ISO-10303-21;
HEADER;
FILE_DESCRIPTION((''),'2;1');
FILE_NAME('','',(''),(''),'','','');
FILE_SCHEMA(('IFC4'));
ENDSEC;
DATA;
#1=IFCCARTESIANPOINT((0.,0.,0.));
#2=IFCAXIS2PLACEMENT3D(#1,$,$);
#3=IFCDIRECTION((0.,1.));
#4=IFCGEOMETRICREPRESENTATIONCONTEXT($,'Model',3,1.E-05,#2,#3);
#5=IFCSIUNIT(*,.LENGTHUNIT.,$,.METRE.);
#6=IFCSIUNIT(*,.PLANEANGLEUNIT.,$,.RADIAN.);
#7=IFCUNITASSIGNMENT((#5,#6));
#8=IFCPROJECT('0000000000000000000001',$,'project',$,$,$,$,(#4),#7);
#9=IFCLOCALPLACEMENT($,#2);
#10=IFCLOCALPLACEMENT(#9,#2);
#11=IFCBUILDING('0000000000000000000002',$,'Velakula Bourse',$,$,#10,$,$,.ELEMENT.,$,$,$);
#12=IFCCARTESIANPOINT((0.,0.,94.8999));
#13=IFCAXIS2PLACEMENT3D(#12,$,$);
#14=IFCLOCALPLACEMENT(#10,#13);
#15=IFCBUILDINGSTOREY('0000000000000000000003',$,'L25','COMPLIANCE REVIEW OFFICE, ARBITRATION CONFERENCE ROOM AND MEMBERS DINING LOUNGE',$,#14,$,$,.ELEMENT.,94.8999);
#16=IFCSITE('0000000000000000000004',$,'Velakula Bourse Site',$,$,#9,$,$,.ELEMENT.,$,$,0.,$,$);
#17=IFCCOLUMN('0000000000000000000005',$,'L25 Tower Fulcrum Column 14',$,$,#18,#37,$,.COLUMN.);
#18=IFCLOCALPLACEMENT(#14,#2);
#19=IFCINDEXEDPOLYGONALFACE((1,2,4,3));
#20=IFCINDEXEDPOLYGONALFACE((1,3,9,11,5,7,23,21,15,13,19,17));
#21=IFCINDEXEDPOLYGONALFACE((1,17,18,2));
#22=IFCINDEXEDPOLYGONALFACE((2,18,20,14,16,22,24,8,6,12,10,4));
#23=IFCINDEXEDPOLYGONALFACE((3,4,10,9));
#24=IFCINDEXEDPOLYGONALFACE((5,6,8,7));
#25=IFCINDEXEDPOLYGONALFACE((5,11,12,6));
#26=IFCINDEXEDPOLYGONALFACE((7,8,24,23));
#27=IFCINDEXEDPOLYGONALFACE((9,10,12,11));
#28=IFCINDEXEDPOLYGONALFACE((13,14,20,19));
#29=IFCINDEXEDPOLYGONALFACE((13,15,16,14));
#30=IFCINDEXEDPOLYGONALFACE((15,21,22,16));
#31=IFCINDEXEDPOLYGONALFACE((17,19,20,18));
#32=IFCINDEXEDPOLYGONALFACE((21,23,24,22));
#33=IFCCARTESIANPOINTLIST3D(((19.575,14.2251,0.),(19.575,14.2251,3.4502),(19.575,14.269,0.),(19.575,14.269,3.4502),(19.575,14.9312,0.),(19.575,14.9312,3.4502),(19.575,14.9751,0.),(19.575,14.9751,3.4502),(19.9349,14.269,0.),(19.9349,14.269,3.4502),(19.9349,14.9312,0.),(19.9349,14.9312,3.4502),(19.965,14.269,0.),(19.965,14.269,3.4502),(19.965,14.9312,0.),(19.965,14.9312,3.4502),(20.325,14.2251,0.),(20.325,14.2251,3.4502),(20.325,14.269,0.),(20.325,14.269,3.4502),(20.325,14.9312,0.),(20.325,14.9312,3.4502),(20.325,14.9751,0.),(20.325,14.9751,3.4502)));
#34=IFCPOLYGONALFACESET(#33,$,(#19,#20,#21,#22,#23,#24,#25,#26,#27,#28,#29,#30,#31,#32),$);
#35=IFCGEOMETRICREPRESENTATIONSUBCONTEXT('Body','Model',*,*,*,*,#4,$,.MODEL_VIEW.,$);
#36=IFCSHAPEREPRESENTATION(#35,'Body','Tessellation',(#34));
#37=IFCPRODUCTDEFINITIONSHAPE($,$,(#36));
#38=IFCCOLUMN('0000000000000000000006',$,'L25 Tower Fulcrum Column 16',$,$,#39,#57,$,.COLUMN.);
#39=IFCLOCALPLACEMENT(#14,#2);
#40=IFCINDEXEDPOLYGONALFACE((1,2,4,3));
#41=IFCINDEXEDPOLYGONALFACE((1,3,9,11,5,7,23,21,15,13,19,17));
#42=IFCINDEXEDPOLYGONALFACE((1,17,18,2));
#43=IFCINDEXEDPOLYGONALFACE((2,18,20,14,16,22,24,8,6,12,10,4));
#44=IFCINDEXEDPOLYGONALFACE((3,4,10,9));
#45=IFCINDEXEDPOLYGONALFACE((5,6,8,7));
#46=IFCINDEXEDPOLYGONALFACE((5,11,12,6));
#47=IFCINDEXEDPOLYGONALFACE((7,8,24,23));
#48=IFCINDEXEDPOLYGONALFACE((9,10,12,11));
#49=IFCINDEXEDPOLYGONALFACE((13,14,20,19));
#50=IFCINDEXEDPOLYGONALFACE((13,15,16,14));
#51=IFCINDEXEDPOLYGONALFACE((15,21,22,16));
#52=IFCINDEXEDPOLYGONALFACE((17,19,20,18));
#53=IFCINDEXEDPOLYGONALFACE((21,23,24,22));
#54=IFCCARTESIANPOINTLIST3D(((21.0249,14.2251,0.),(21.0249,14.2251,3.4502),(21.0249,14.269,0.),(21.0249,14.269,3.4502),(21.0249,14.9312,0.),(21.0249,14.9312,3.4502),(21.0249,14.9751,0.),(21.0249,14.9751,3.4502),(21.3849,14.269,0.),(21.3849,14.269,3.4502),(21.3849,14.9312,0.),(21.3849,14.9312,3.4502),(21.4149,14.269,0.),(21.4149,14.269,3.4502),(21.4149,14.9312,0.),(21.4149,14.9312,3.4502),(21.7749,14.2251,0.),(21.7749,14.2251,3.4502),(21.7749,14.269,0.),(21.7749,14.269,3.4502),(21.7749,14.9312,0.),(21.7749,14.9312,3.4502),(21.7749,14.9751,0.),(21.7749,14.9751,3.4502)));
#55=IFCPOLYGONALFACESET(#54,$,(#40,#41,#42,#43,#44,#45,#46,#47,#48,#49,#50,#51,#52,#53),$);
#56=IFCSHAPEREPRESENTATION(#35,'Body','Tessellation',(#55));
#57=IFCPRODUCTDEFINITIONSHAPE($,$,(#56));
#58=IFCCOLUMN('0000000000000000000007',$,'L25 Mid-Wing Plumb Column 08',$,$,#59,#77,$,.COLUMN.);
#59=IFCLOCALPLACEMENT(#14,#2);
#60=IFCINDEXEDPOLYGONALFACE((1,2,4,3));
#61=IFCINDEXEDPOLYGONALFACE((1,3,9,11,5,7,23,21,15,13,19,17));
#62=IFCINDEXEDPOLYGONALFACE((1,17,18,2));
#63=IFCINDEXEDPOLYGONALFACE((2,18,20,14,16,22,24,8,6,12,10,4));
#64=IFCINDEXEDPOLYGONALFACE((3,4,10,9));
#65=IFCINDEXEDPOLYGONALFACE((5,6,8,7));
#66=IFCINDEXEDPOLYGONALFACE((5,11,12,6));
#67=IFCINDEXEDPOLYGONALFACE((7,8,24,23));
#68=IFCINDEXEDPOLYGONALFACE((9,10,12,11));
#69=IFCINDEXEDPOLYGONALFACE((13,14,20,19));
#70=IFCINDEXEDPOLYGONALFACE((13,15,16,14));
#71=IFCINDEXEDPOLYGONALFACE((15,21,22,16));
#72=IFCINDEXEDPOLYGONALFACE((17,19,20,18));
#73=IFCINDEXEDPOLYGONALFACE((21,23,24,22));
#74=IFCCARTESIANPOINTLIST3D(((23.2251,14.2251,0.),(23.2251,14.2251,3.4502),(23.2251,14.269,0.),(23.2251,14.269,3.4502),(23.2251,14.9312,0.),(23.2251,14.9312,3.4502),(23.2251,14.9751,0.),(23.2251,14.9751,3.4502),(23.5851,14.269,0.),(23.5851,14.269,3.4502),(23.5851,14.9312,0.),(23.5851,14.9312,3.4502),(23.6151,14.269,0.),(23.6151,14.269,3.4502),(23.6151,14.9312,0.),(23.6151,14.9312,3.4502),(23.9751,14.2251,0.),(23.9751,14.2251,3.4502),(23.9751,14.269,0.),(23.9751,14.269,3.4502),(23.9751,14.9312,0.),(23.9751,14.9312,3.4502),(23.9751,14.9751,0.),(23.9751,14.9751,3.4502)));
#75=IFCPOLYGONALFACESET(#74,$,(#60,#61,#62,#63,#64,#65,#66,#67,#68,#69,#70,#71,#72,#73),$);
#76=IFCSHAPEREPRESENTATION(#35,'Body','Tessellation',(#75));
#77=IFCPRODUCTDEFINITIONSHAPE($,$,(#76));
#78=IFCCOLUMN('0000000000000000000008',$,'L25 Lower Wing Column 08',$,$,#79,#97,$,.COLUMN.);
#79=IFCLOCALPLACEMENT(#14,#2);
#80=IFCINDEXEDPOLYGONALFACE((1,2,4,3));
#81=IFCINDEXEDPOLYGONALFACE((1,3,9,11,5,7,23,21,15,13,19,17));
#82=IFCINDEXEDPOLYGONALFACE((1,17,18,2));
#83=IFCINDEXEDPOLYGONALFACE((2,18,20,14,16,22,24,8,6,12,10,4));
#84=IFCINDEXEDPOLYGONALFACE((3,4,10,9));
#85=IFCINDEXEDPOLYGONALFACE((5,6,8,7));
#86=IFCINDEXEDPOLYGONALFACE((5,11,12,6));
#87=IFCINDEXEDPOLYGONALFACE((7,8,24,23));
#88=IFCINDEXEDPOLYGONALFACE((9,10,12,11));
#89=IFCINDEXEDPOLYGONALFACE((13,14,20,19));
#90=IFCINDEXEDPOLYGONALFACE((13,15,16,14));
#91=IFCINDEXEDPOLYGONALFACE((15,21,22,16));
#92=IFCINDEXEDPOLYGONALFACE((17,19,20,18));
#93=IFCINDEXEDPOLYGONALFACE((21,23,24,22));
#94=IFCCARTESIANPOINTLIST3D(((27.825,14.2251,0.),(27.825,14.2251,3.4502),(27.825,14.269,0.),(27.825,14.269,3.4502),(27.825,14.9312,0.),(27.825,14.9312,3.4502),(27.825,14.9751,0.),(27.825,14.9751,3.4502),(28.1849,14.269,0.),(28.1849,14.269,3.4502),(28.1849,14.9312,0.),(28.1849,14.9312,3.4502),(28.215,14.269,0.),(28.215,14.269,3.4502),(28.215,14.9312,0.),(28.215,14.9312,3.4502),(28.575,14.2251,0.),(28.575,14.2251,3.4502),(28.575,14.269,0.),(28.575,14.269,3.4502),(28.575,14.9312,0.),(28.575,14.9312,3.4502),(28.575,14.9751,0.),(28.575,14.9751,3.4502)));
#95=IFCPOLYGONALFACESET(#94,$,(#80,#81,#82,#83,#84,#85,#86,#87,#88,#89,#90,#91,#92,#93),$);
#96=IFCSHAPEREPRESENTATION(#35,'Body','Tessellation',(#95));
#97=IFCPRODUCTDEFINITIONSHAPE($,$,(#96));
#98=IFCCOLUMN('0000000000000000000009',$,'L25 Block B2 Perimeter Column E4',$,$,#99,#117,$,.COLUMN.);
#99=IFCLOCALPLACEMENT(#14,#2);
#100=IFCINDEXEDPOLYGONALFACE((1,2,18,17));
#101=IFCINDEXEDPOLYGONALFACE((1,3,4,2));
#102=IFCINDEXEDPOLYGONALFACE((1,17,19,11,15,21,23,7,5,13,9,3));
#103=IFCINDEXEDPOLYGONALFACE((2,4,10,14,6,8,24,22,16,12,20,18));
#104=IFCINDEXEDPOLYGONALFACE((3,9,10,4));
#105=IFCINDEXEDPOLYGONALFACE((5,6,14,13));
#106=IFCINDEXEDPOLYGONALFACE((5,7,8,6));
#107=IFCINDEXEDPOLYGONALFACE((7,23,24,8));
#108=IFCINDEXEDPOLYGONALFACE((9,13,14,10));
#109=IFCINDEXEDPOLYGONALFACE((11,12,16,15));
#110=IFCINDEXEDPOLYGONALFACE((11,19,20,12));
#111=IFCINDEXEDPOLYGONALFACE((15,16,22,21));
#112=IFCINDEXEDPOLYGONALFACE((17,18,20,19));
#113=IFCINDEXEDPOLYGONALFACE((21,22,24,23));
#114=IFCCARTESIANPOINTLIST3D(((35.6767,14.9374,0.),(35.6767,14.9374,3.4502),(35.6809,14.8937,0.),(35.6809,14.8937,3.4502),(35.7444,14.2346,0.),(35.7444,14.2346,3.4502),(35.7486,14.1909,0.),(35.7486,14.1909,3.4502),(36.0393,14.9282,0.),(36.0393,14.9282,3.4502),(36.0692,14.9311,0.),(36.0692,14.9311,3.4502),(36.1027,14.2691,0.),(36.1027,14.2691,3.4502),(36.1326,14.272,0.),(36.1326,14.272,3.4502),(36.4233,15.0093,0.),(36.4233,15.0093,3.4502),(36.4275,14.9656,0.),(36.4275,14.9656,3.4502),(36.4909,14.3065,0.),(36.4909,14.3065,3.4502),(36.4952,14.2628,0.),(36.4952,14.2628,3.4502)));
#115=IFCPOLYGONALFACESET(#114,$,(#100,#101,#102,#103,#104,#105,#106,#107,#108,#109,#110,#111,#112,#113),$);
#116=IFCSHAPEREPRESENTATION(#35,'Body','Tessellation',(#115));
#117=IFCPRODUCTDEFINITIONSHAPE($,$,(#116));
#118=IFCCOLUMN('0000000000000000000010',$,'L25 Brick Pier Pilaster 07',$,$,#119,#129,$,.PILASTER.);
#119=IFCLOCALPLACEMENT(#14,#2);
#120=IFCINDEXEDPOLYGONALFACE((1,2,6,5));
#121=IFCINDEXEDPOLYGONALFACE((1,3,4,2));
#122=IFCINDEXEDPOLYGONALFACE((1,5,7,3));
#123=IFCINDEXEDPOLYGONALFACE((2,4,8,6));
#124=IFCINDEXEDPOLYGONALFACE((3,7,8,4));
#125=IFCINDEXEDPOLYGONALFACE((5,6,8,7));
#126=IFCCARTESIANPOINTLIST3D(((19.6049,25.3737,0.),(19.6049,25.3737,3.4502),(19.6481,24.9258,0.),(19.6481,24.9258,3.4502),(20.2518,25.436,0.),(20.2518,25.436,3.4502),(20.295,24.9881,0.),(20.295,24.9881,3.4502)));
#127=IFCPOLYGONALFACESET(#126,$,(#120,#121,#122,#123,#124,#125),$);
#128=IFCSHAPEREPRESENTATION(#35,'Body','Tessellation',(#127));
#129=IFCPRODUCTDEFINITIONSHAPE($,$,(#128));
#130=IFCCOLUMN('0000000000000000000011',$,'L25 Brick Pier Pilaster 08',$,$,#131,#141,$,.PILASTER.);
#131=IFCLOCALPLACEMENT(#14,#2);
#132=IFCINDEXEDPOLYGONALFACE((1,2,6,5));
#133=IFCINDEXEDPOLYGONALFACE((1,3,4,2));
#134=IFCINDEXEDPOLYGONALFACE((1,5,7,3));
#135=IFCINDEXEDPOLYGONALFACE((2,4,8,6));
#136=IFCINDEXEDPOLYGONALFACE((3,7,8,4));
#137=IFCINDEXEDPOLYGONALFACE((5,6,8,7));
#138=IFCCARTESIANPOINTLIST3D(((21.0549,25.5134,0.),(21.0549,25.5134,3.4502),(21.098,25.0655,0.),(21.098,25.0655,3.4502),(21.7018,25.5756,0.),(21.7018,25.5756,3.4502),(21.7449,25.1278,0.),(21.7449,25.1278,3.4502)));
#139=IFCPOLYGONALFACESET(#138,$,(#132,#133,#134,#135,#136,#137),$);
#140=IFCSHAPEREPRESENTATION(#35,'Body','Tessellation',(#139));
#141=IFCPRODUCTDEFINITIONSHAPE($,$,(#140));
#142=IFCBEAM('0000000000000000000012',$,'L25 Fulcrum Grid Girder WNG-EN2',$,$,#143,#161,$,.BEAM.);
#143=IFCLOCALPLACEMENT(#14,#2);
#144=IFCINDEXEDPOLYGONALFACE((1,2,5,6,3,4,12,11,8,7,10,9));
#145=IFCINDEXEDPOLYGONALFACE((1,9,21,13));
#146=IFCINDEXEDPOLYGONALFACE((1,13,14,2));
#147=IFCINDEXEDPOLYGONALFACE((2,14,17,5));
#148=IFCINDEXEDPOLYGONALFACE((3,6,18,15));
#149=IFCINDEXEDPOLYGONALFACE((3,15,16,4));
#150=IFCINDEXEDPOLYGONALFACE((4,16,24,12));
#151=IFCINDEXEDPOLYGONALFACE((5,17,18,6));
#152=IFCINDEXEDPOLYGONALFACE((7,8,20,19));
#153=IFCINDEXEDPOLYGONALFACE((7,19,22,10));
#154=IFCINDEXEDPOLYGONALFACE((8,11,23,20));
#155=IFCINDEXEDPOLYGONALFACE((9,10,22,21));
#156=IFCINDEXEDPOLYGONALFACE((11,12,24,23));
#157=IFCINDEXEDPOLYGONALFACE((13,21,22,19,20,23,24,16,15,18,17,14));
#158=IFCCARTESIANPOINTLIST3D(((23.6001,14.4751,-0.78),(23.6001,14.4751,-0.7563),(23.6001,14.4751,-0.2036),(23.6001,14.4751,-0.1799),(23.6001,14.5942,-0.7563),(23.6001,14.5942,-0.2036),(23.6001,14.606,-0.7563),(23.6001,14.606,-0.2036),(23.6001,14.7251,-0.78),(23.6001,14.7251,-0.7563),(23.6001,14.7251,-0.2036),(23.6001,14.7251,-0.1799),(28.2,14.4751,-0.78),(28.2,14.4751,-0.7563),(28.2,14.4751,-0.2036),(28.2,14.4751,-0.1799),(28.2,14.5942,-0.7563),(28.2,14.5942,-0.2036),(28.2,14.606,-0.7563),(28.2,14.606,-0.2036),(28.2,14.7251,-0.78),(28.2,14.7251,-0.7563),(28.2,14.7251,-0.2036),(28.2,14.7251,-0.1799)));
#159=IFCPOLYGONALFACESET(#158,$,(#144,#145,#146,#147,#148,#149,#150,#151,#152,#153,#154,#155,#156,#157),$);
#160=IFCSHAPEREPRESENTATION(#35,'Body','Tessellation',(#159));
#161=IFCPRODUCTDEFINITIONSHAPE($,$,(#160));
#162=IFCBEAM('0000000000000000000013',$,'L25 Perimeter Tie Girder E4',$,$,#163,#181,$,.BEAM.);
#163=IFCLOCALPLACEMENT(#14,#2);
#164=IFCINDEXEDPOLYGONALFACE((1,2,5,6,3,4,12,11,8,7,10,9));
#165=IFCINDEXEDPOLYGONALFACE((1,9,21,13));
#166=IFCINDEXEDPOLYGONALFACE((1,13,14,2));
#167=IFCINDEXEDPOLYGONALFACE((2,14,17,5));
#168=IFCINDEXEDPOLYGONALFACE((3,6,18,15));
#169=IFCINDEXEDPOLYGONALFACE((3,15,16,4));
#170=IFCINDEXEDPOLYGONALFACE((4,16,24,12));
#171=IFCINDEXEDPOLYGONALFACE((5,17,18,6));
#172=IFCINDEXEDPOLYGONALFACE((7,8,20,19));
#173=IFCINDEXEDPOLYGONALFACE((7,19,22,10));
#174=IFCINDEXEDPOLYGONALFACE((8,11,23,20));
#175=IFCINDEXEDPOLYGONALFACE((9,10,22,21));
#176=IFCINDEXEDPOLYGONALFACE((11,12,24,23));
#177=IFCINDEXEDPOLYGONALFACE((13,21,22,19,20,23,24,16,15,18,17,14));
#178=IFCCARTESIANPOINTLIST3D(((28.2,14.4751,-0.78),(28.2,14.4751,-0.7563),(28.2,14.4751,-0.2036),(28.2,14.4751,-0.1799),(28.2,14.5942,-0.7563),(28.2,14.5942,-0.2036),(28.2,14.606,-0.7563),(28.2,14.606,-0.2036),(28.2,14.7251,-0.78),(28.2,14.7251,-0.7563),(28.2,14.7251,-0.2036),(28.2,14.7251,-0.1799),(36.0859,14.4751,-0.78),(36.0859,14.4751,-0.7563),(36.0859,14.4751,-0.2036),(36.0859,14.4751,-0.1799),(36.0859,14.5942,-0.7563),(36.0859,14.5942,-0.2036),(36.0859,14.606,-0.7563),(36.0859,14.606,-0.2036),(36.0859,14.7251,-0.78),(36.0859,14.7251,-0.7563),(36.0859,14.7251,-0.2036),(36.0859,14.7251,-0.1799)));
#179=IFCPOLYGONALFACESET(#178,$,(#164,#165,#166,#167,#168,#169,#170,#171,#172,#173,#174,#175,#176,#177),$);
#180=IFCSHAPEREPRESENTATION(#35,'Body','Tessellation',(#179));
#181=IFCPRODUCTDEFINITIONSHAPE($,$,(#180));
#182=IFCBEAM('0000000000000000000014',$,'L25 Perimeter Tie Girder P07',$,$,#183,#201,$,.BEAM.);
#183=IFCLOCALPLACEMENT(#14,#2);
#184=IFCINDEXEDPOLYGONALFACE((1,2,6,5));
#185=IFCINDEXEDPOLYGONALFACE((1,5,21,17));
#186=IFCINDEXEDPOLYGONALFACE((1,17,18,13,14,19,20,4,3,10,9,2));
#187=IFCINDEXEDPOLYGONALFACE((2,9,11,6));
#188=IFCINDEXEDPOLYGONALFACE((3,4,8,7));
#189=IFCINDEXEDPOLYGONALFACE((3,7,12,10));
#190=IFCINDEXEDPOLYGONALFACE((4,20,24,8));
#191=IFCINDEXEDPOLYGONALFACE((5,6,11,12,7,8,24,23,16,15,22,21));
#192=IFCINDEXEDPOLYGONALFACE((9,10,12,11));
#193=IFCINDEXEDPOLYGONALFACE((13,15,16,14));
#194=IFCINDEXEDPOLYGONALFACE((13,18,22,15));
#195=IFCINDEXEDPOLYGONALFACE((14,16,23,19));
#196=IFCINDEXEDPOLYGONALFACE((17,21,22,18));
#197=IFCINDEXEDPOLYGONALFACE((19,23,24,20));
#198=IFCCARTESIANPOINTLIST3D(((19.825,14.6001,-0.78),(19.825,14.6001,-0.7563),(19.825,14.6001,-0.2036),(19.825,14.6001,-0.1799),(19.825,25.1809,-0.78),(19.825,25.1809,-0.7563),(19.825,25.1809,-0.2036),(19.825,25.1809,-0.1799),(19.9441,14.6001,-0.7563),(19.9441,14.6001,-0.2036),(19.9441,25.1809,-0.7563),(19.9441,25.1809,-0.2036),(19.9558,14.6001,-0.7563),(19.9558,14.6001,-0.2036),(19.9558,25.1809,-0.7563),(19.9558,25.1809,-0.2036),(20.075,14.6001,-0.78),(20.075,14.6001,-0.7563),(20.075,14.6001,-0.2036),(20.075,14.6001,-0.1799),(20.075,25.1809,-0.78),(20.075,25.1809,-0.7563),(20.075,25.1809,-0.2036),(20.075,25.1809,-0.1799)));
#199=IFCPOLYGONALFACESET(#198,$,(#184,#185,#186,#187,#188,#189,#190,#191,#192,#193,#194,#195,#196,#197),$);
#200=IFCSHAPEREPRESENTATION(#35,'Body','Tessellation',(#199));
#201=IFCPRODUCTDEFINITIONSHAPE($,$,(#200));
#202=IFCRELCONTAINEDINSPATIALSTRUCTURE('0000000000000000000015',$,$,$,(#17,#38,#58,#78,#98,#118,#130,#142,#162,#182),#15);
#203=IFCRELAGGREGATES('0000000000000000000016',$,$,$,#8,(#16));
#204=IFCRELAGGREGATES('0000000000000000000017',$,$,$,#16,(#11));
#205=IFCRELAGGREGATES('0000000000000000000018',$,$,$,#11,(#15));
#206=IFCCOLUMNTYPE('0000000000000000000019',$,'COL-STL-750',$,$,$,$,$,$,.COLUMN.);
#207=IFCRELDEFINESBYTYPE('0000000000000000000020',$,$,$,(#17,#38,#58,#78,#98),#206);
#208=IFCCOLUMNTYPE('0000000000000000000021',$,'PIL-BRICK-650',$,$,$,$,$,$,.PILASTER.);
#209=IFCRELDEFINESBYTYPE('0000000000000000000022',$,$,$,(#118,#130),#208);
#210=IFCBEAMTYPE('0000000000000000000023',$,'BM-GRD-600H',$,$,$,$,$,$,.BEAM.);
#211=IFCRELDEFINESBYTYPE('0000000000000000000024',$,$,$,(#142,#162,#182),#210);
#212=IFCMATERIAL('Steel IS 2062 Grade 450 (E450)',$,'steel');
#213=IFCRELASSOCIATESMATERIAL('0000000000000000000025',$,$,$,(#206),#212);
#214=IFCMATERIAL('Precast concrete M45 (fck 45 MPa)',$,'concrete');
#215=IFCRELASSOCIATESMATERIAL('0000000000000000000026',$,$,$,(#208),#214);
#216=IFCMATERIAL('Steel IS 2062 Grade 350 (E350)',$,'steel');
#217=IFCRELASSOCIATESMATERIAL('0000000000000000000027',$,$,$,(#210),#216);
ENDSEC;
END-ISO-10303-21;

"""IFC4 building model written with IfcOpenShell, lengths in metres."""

from ifc_helpers import new_model, si_unit, direction, frame, origin, origin_2d, place, context, subcontext, project, spatial, rectangle, i_section, extrude, material, material_profile, profile_set, type_object, element, save


model = new_model("IFC4")

# Units and contexts
model_context = context("Model", 3, precision=1e-05, world=origin(), true_north=direction((0.0, 1.0)))
body_context = subcontext(model_context, "Body", "Model", "MODEL_VIEW")
ifc_project = project(units=[si_unit("LENGTHUNIT", "METRE"), si_unit("PLANEANGLEUNIT", "RADIAN")], contexts=[model_context])

# Site, building, storey
site_placement = place(None, origin())
site = spatial("IfcSite", under=ifc_project, at=site_placement, Name="Velakula Bourse Site", CompositionType="ELEMENT", RefElevation=0.0)
building_placement = place(site_placement, origin())
building = spatial("IfcBuilding", under=site, at=building_placement, Name="Velakula Bourse", CompositionType="ELEMENT")
storey_placement = place(building_placement, frame((0.0, 0.0, 94.8999)))
storey = spatial("IfcBuildingStorey", under=building, at=storey_placement, Name="L25", Description="COMPLIANCE REVIEW OFFICE, ARBITRATION CONFERENCE ROOM AND MEMBERS DINING LOUNGE", CompositionType="ELEMENT", Elevation=94.8999)

# Columns
ifc_material_1 = material(Name="Steel IS 2062 Grade 450 (E450)", Category="steel")
ifc_material_profile_1 = material_profile(ifc_material_1, i_section(OverallWidth=0.75, OverallDepth=0.75, WebThickness=0.03, FlangeThickness=0.0439, at=origin_2d()), Name="Steel IS 2062 Grade 450 (E450)")
ifc_profile_set_1 = profile_set([ifc_material_profile_1], Name="Steel IS 2062 Grade 450 (E450)")
column_type_1 = type_object("IfcColumnType", Name="COL-STL-750", PredefinedType="COLUMN", material=ifc_profile_set_1)
for number, where, z_axis, x_axis, name in (
    (1, (19.95, 14.6001, 0.0), (0.0, 0.0, 1.0), (1.0, 0.0, 0.0), "L25 Tower Fulcrum Column 14"),
    (2, (21.3999, 14.6001, 0.0), (0.0, 0.0, 1.0), (1.0, 0.0, 0.0), "L25 Tower Fulcrum Column 16"),
    (3, (23.6001, 14.6001, 0.0), (0.0, 0.0, 1.0), (1.0, 0.0, 0.0), "L25 Mid-Wing Plumb Column 08"),
    (4, (28.2, 14.6001, 0.0), (0.0, 0.0, 1.0), (1.0, 0.0, 0.0), "L25 Lower Wing Column 08"),
    (5, (36.0859, 14.6001, 0.0), (0.0, 0.0, 1.0), (0.995396, 0.095846, 0.0), "L25 Block B2 Perimeter Column E4"),
):
    element("IfcColumn", number, at=place(storey_placement, frame(where, z_axis=z_axis, x_axis=x_axis)), inside=storey, type_object=column_type_1, Name=name, PredefinedType="COLUMN", context=body_context, shape_type="SweptSolid", body=[
        extrude(i_section(OverallWidth=0.75, OverallDepth=0.75, WebThickness=0.03, FlangeThickness=0.0439, at=origin_2d()), origin(), (0.0, 0.0, 1.0), 3.4502),
    ])
ifc_material_2 = material(Name="Precast concrete M45 (fck 45 MPa)", Category="concrete")
ifc_material_profile_2 = material_profile(ifc_material_2, rectangle(XDim=0.6499, YDim=0.45, at=origin_2d()), Name="Precast concrete M45 (fck 45 MPa)")
ifc_profile_set_2 = profile_set([ifc_material_profile_2], Name="Precast concrete M45 (fck 45 MPa)")
column_type_2 = type_object("IfcColumnType", Name="PIL-BRICK-650", PredefinedType="PILASTER", material=ifc_profile_set_2)
for number, where, z_axis, x_axis, name in (
    (6, (19.95, 25.1809, 0.0), (0.0, 0.0, 1.0), (0.995396, 0.095846, 0.0), "L25 Brick Pier Pilaster 07"),
    (7, (21.3999, 25.3206, 0.0), (0.0, 0.0, 1.0), (0.995396, 0.095846, 0.0), "L25 Brick Pier Pilaster 08"),
):
    element("IfcColumn", number, at=place(storey_placement, frame(where, z_axis=z_axis, x_axis=x_axis)), inside=storey, type_object=column_type_2, Name=name, PredefinedType="PILASTER", context=body_context, shape_type="SweptSolid", body=[
        extrude(rectangle(XDim=0.6499, YDim=0.45, at=origin_2d()), origin(), (0.0, 0.0, 1.0), 3.4502),
    ])

# Beams
ifc_material_3 = material(Name="Steel IS 2062 Grade 350 (E350)", Category="steel")
ifc_material_profile_3 = material_profile(ifc_material_3, i_section(OverallWidth=0.25, OverallDepth=0.6001, WebThickness=0.0117, FlangeThickness=0.0237, at=origin_2d()), Name="Steel IS 2062 Grade 350 (E350)")
ifc_profile_set_3 = profile_set([ifc_material_profile_3], Name="Steel IS 2062 Grade 350 (E350)")
beam_type_1 = type_object("IfcBeamType", Name="BM-GRD-600H", PredefinedType="BEAM", material=ifc_profile_set_3)
beam_1_placement = place(storey_placement, frame((23.6001, 14.6001, -0.48), z_axis=(1.0, 0.0, 0.0), x_axis=(0.0, 1.0, 0.0)))
element("IfcBeam", 8, at=beam_1_placement, inside=storey, type_object=beam_type_1, Name="L25 Fulcrum Grid Girder WNG-EN2", PredefinedType="BEAM", context=body_context, shape_type="SweptSolid", body=[
    extrude(i_section(OverallWidth=0.25, OverallDepth=0.6001, WebThickness=0.0117, FlangeThickness=0.0237, at=origin_2d()), origin(), (0.0, 0.0, 1.0), 4.5999),
])
beam_2_placement = place(storey_placement, frame((28.2, 14.6001, -0.48), z_axis=(1.0, 0.0, 0.0), x_axis=(0.0, 1.0, 0.0)))
element("IfcBeam", 9, at=beam_2_placement, inside=storey, type_object=beam_type_1, Name="L25 Perimeter Tie Girder E4", PredefinedType="BEAM", context=body_context, shape_type="SweptSolid", body=[
    extrude(i_section(OverallWidth=0.25, OverallDepth=0.6001, WebThickness=0.0117, FlangeThickness=0.0237, at=origin_2d()), origin(), (0.0, 0.0, 1.0), 7.886),
])
beam_3_placement = place(storey_placement, frame((19.95, 14.6001, -0.48), z_axis=(0.0, 1.0, 0.0), x_axis=(-1.0, 0.0, 0.0)))
element("IfcBeam", 10, at=beam_3_placement, inside=storey, type_object=beam_type_1, Name="L25 Perimeter Tie Girder P07", PredefinedType="BEAM", context=body_context, shape_type="SweptSolid", body=[
    extrude(i_section(OverallWidth=0.25, OverallDepth=0.6001, WebThickness=0.0117, FlangeThickness=0.0237, at=origin_2d()), origin(), (0.0, 0.0, 1.0), 10.5808),
])

save(model, "model.ifc")
